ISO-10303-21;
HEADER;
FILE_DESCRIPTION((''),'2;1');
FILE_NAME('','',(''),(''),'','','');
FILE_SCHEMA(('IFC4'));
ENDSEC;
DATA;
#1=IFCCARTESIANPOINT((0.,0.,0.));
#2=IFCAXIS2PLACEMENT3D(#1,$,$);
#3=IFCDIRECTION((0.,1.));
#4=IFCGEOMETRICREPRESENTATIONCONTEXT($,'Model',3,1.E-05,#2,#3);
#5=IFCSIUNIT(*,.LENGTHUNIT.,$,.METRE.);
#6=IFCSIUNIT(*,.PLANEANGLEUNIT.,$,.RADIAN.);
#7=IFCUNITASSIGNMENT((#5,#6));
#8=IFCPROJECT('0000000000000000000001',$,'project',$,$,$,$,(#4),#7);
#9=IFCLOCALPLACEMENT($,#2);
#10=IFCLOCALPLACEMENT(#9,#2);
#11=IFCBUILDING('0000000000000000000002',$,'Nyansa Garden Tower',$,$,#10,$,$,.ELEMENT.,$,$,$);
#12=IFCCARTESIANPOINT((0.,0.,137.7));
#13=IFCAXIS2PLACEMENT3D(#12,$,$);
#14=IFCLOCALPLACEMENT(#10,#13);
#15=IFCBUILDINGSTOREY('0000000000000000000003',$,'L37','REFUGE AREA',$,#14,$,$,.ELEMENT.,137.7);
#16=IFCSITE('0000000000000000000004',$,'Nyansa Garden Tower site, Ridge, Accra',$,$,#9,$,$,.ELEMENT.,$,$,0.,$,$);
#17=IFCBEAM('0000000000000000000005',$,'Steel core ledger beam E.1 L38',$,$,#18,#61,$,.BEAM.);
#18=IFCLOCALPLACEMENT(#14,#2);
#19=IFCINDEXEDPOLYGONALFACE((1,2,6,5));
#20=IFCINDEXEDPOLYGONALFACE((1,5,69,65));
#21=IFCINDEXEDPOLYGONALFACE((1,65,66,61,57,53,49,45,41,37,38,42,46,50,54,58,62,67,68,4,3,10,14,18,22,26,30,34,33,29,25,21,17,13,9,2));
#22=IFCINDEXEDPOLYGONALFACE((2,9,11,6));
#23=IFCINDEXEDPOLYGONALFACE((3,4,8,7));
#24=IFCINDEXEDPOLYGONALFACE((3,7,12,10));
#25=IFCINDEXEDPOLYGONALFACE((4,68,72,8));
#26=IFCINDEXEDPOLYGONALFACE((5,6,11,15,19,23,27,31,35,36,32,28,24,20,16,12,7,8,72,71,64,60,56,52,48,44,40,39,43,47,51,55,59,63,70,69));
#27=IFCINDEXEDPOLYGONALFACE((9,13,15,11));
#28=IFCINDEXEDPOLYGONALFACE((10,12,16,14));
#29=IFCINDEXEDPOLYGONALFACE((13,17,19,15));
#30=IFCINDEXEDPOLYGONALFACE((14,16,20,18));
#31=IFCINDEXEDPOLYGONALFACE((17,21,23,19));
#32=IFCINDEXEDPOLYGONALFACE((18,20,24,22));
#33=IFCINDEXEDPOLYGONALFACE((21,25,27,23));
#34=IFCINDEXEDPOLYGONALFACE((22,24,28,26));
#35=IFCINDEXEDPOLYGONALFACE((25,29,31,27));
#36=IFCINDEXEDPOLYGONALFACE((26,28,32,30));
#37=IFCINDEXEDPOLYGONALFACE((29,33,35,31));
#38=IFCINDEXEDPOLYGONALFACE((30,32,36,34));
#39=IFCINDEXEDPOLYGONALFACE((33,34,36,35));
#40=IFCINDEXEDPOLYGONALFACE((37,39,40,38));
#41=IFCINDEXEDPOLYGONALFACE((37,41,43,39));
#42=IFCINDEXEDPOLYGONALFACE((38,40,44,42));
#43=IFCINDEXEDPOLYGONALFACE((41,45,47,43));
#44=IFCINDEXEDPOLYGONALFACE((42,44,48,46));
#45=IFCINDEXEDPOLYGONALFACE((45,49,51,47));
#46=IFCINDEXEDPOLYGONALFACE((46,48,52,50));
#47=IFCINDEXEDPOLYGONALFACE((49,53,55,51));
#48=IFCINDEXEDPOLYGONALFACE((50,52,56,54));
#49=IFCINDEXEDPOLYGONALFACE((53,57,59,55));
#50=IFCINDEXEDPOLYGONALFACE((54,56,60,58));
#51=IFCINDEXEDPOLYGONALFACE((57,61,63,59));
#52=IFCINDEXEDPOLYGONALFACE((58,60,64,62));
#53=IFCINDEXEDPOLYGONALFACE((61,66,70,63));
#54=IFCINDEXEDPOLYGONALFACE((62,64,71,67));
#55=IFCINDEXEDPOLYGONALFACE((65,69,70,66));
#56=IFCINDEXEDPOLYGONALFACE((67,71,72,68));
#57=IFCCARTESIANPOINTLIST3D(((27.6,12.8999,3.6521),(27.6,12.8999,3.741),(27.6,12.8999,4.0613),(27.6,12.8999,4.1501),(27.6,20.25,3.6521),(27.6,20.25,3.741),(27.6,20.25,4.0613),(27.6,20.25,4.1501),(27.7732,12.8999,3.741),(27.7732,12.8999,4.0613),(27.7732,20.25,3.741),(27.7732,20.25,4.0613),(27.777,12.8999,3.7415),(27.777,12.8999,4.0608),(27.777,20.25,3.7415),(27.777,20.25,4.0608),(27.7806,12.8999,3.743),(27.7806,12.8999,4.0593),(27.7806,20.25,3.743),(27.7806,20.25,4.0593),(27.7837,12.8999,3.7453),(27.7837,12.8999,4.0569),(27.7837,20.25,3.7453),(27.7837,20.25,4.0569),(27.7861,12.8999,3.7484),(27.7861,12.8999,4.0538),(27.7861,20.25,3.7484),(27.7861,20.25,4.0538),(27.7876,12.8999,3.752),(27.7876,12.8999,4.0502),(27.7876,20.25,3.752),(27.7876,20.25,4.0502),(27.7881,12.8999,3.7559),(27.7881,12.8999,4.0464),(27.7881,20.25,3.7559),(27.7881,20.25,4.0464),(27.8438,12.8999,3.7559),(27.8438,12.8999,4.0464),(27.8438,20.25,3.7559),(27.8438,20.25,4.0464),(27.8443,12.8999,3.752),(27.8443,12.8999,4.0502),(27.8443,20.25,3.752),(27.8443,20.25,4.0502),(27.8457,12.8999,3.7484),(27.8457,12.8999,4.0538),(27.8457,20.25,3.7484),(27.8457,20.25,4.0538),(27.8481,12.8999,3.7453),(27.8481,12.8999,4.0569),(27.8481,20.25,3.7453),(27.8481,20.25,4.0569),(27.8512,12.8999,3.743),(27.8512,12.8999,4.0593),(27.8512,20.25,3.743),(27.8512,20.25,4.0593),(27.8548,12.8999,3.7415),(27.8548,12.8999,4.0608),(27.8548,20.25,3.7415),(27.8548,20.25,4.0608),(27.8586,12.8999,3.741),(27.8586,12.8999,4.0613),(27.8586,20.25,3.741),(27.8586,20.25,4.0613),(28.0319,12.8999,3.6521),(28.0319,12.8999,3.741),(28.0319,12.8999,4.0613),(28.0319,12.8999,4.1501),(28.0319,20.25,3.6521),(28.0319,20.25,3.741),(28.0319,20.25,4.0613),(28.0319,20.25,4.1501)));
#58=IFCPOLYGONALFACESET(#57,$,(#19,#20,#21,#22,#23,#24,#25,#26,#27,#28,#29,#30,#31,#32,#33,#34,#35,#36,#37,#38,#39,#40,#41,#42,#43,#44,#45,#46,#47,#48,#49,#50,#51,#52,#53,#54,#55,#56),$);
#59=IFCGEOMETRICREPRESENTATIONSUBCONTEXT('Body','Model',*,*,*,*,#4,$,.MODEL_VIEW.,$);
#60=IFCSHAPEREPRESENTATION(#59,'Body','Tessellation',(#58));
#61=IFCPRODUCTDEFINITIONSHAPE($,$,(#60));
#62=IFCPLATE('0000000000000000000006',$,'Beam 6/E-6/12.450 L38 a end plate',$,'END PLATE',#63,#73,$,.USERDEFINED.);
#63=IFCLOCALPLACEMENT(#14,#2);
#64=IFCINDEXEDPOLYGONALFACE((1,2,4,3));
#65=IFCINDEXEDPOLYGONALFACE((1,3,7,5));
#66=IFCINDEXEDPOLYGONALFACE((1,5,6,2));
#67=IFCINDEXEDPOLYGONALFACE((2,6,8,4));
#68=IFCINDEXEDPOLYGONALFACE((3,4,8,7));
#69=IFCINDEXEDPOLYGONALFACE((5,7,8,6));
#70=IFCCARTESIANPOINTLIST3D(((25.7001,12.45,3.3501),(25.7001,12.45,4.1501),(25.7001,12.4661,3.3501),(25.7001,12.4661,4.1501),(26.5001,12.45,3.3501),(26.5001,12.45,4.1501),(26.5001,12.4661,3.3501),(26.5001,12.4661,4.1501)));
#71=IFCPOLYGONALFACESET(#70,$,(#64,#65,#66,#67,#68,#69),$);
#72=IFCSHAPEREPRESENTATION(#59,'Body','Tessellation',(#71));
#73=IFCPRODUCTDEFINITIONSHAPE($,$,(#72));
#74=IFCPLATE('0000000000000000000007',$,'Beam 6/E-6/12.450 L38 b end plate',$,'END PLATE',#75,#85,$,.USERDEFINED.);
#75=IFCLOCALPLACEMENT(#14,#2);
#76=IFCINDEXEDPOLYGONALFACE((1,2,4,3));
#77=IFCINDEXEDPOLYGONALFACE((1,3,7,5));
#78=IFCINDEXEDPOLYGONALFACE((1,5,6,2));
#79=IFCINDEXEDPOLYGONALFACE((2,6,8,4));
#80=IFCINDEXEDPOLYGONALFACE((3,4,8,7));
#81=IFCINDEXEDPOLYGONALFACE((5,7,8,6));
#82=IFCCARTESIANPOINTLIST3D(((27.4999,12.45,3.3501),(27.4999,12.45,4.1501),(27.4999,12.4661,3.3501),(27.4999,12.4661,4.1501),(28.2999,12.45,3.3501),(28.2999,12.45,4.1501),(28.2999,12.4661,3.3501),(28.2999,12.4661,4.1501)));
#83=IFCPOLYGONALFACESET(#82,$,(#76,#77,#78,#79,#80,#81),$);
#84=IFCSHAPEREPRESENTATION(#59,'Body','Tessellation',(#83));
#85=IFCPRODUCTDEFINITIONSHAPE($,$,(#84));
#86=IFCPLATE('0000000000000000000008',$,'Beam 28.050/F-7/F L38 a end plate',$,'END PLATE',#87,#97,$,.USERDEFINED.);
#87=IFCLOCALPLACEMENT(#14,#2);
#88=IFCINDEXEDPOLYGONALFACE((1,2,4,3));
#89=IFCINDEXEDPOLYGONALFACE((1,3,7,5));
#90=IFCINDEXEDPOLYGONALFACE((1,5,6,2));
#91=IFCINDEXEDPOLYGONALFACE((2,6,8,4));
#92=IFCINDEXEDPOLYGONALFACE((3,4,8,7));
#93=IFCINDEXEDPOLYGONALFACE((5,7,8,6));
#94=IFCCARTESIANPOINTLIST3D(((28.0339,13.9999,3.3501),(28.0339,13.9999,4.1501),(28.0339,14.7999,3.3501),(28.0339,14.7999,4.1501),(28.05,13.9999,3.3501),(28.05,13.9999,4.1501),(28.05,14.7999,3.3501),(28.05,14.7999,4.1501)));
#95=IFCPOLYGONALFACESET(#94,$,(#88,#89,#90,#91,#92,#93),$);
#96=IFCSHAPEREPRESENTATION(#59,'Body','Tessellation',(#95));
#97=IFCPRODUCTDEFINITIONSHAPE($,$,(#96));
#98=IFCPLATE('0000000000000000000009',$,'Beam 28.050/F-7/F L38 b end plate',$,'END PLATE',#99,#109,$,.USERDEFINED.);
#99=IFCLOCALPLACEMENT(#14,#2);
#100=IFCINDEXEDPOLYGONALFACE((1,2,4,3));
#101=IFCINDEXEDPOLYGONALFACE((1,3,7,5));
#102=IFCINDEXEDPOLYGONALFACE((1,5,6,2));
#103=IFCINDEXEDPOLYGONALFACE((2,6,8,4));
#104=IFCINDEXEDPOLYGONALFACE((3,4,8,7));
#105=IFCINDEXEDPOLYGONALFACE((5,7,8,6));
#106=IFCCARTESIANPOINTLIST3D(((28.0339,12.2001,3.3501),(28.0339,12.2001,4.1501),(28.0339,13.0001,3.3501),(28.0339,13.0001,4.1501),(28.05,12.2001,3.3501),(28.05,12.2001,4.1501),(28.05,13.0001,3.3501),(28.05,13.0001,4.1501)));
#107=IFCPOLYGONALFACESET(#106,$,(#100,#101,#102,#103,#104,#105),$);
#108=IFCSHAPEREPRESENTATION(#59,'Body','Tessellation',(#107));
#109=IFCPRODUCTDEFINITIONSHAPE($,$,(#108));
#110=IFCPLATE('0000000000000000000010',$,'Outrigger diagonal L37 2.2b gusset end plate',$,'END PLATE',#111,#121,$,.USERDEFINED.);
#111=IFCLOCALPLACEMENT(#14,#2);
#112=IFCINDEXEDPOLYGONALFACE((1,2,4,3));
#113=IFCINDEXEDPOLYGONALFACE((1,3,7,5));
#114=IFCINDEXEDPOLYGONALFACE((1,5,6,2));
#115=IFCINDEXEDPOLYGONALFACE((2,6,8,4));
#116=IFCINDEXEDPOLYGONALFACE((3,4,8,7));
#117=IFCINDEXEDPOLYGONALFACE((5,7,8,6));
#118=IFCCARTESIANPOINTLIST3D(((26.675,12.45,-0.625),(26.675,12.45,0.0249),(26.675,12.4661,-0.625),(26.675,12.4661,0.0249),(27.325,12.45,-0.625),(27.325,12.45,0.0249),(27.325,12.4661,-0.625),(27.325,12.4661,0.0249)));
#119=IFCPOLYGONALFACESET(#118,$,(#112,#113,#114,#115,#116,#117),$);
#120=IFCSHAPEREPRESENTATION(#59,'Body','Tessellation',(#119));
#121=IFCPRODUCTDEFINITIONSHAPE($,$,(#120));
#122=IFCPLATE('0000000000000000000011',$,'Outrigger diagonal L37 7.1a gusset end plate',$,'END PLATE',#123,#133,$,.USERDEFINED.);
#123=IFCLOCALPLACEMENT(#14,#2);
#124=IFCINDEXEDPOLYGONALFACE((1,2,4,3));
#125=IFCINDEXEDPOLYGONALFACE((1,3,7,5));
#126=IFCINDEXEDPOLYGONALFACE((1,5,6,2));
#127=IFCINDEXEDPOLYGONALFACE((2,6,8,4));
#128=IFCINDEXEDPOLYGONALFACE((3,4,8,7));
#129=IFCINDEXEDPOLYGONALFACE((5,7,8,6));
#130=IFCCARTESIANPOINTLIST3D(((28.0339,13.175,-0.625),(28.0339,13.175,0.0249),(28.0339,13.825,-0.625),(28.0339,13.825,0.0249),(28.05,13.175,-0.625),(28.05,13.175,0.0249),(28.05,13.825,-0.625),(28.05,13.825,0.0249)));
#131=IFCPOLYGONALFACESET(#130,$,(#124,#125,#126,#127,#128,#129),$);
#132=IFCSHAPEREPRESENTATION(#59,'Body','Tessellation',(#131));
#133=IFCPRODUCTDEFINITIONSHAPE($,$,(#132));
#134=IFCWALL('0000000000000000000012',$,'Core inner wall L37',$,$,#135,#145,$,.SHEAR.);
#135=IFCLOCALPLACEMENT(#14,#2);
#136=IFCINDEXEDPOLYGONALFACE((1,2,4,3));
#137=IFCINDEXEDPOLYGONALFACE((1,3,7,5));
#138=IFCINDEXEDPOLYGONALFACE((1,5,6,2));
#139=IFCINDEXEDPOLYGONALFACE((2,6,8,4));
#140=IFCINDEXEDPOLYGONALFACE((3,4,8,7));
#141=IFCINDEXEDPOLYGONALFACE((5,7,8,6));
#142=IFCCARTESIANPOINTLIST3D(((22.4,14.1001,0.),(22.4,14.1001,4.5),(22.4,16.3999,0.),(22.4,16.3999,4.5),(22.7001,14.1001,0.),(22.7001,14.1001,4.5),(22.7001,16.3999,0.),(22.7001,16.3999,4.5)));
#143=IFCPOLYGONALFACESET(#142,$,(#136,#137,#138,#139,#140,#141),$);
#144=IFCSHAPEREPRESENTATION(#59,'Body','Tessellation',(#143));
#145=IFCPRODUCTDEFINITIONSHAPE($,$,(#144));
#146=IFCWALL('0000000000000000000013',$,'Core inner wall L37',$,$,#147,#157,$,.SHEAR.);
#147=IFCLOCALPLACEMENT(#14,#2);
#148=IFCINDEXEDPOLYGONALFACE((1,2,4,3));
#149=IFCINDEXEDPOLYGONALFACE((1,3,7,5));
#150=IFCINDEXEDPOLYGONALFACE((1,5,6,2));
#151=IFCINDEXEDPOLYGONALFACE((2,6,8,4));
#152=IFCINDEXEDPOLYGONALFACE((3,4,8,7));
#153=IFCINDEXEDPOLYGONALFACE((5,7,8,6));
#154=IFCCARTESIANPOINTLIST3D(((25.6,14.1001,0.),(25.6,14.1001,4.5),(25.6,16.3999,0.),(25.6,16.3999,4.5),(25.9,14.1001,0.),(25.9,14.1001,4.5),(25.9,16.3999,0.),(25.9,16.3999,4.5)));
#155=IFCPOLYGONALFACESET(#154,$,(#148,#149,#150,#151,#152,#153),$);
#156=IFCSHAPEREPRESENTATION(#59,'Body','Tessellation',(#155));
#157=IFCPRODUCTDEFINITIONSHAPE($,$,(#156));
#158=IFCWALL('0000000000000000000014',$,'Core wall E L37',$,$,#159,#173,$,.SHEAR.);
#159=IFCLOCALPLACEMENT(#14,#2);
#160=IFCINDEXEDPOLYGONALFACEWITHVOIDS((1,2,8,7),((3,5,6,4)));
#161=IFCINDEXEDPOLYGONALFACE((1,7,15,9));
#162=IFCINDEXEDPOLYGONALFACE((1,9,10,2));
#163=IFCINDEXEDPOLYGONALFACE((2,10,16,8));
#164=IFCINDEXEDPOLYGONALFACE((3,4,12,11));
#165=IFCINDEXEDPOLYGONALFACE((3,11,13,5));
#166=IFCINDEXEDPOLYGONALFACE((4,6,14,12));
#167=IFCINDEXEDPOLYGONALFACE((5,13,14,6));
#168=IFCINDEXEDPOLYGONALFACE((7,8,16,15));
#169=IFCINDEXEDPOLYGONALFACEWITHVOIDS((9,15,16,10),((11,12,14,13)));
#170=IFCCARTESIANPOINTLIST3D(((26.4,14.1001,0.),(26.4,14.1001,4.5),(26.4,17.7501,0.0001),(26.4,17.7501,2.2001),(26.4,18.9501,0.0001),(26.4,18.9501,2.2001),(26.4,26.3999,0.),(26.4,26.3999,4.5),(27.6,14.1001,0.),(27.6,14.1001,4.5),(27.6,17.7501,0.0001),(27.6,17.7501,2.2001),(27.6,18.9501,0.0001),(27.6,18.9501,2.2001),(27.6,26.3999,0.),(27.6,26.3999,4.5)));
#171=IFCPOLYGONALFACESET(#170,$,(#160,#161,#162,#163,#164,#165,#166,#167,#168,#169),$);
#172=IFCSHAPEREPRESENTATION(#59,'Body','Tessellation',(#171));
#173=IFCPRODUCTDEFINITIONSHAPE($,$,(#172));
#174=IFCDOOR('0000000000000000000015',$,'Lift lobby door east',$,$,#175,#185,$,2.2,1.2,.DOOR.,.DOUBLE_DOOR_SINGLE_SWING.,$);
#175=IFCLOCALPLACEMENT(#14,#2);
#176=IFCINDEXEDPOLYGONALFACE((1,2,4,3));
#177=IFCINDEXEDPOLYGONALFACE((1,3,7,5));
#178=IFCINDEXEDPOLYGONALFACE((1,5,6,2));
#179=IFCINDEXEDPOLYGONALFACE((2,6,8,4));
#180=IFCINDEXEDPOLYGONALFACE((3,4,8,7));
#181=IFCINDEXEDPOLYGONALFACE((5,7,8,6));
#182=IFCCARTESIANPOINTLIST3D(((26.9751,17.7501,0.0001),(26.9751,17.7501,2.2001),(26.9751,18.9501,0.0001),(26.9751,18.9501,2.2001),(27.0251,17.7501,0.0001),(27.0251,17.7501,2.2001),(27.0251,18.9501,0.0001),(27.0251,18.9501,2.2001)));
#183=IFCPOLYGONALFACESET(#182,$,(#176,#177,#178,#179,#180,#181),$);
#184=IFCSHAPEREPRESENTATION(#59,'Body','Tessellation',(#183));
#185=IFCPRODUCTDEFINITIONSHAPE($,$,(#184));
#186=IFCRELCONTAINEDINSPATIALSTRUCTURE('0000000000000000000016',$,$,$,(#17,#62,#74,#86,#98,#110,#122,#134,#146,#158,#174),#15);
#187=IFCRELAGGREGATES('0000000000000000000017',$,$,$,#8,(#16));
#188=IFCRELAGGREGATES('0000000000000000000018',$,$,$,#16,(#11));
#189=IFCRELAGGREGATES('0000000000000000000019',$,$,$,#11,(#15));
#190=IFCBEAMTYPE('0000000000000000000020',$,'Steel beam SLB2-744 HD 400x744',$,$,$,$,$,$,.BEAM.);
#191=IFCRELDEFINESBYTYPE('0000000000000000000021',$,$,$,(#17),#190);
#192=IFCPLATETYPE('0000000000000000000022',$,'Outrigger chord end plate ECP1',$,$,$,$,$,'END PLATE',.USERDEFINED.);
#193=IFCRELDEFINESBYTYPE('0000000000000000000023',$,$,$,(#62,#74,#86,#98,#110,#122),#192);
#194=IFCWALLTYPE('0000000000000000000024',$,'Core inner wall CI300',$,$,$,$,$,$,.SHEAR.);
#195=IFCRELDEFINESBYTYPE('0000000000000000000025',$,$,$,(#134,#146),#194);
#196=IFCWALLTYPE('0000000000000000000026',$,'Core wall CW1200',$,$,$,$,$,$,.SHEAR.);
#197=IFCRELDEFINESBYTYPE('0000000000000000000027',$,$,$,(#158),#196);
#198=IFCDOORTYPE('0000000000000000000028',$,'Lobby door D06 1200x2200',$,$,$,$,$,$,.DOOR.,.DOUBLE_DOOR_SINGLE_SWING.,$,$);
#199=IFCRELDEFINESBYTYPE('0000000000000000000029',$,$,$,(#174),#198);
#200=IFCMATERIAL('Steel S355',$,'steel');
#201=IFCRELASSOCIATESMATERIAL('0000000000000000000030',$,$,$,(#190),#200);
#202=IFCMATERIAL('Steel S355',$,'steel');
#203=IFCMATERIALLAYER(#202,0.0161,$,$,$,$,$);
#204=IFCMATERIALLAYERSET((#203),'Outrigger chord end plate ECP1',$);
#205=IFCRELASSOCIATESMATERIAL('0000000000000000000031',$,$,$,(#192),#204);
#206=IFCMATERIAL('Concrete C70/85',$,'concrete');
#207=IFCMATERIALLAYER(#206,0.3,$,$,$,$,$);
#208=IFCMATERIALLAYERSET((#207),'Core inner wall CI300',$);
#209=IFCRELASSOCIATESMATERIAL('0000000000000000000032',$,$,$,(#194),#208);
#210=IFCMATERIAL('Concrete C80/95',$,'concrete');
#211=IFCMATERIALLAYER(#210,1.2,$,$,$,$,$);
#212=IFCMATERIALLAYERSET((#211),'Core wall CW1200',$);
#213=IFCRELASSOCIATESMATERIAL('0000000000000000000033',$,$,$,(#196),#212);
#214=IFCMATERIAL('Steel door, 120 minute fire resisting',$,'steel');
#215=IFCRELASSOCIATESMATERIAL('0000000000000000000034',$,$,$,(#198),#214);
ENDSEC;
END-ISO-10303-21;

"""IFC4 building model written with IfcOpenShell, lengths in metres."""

from ifc_helpers import new_model, si_unit, direction, frame, frame_2d, origin, origin_2d, place, context, subcontext, project, spatial, rectangle, i_section, extrude, material, layer, layer_set, material_profile, profile_set, type_object, element, fill, save


model = new_model("IFC4")

# Units and contexts
model_context = context("Model", 3, precision=1e-05, world=origin(), true_north=direction((0.0, 1.0)))
body_context = subcontext(model_context, "Body", "Model", "MODEL_VIEW")
ifc_project = project(units=[si_unit("LENGTHUNIT", "METRE"), si_unit("PLANEANGLEUNIT", "RADIAN")], contexts=[model_context])

# Site, building, storey
site_placement = place(None, origin())
site = spatial("IfcSite", under=ifc_project, at=site_placement, Name="Nyansa Garden Tower site, Ridge, Accra", CompositionType="ELEMENT", RefElevation=0.0)
building_placement = place(site_placement, origin())
building = spatial("IfcBuilding", under=site, at=building_placement, Name="Nyansa Garden Tower", CompositionType="ELEMENT")
storey_placement = place(building_placement, frame((0.0, 0.0, 137.7)))
storey = spatial("IfcBuildingStorey", under=building, at=storey_placement, Name="L37", Description="REFUGE AREA", CompositionType="ELEMENT", Elevation=137.7)

# Beam
ifc_material_1 = material(Name="Steel S355", Category="steel")
ifc_material_profile_1 = material_profile(ifc_material_1, i_section(OverallWidth=0.4319, OverallDepth=0.498, WebThickness=0.0557, FlangeThickness=0.0889, FilletRadius=0.0149, at=origin_2d()), Name="HD 400x744")
ifc_profile_set_1 = profile_set([ifc_material_profile_1], Name="Steel S355")
beam_type_1 = type_object("IfcBeamType", Name="Steel beam SLB2-744 HD 400x744", PredefinedType="BEAM", material=ifc_profile_set_1)
beam_1_placement = place(storey_placement, frame((27.8159, 12.8999, 3.9011), z_axis=(0.0, 1.0, 0.0), x_axis=(-1.0, 0.0, 0.0)))
element("IfcBeam", 1, at=beam_1_placement, inside=storey, type_object=beam_type_1, Name="Steel core ledger beam E.1 L38", PredefinedType="BEAM", context=body_context, shape_type="SweptSolid", body=[
    extrude(i_section(OverallWidth=0.4319, OverallDepth=0.498, WebThickness=0.0557, FlangeThickness=0.0889, FilletRadius=0.0149, at=origin_2d()), origin(), (0.0, 0.0, 1.0), 7.3501),
])

# Plates
ifc_material_2 = material(Name="Steel S355", Category="steel")
ifc_layer_1 = layer(ifc_material_2, 0.0161)
ifc_layer_set_1 = layer_set([ifc_layer_1], Name="Outrigger chord end plate ECP1")
plate_type = type_object("IfcPlateType", Name="Outrigger chord end plate ECP1", ElementType="END PLATE", PredefinedType="USERDEFINED", material=ifc_layer_set_1)
for number, where, z_axis, x_axis, name in (
    (2, (26.1001, 12.458, 3.3501), (0.0, 0.0, 1.0), (1.0, 0.0, 0.0), "Beam 6/E-6/12.450 L38 a end plate"),
    (3, (27.8999, 12.458, 3.3501), (0.0, 0.0, 1.0), (1.0, 0.0, 0.0), "Beam 6/E-6/12.450 L38 b end plate"),
):
    element("IfcPlate", number, at=place(storey_placement, frame(where, z_axis=z_axis, x_axis=x_axis)), inside=storey, type_object=plate_type, Name=name, ObjectType="END PLATE", PredefinedType="USERDEFINED", context=body_context, shape_type="SweptSolid", body=[
        extrude(rectangle(XDim=0.8, YDim=0.0161, at=origin_2d()), origin(), (0.0, 0.0, 1.0), 0.8),
    ])
for number, where, z_axis, x_axis, name in (
    (4, (28.042, 14.3999, 3.3501), (0.0, 0.0, 1.0), (1.0, 0.0, 0.0), "Beam 28.050/F-7/F L38 a end plate"),
    (5, (28.042, 12.6001, 3.3501), (0.0, 0.0, 1.0), (1.0, 0.0, 0.0), "Beam 28.050/F-7/F L38 b end plate"),
):
    element("IfcPlate", number, at=place(storey_placement, frame(where, z_axis=z_axis, x_axis=x_axis)), inside=storey, type_object=plate_type, Name=name, ObjectType="END PLATE", PredefinedType="USERDEFINED", context=body_context, shape_type="SweptSolid", body=[
        extrude(rectangle(XDim=0.0161, YDim=0.8, at=origin_2d()), origin(), (0.0, 0.0, 1.0), 0.8),
    ])
plate_1_placement = place(storey_placement, frame((27.0, 12.458, -0.625), z_axis=(0.0, 0.0, 1.0), x_axis=(1.0, 0.0, 0.0)))
element("IfcPlate", 6, at=plate_1_placement, inside=storey, type_object=plate_type, Name="Outrigger diagonal L37 2.2b gusset end plate", ObjectType="END PLATE", PredefinedType="USERDEFINED", context=body_context, shape_type="SweptSolid", body=[
    extrude(rectangle(XDim=0.6499, YDim=0.0161, at=origin_2d()), origin(), (0.0, 0.0, 1.0), 0.6499),
])
plate_2_placement = place(storey_placement, frame((28.042, 13.5, -0.625), z_axis=(0.0, 0.0, 1.0), x_axis=(1.0, 0.0, 0.0)))
element("IfcPlate", 7, at=plate_2_placement, inside=storey, type_object=plate_type, Name="Outrigger diagonal L37 7.1a gusset end plate", ObjectType="END PLATE", PredefinedType="USERDEFINED", context=body_context, shape_type="SweptSolid", body=[
    extrude(rectangle(XDim=0.0161, YDim=0.6499, at=origin_2d()), origin(), (0.0, 0.0, 1.0), 0.6499),
])

# Walls
ifc_material_3 = material(Name="Concrete C70/85", Category="concrete")
ifc_layer_2 = layer(ifc_material_3, 0.3)
ifc_layer_set_2 = layer_set([ifc_layer_2], Name="Core inner wall CI300")
wall_type_1 = type_object("IfcWallType", Name="Core inner wall CI300", PredefinedType="SHEAR", material=ifc_layer_set_2)
for number, where, z_axis, x_axis, name in (
    (8, (22.55, 14.1001, 0.0), (0.0, 0.0, 1.0), (0.0, 1.0, 0.0), "Core inner wall L37"),
    (9, (25.75, 14.1001, 0.0), (0.0, 0.0, 1.0), (0.0, 1.0, 0.0), "Core inner wall L37"),
):
    element("IfcWall", number, at=place(storey_placement, frame(where, z_axis=z_axis, x_axis=x_axis)), inside=storey, type_object=wall_type_1, Name=name, PredefinedType="SHEAR", context=body_context, shape_type="SweptSolid", body=[
        extrude(rectangle(XDim=2.2998, YDim=0.3, at=frame_2d((1.1499, 0.0))), origin(), (0.0, 0.0, 1.0), 4.5),
    ])

# Wall, opening, door
ifc_material_4 = material(Name="Concrete C80/95", Category="concrete")
ifc_layer_3 = layer(ifc_material_4, 1.2)
ifc_layer_set_3 = layer_set([ifc_layer_3], Name="Core wall CW1200")
wall_type_2 = type_object("IfcWallType", Name="Core wall CW1200", PredefinedType="SHEAR", material=ifc_layer_set_3)
wall_1_placement = place(storey_placement, frame((27.0, 14.1001, 0.0), z_axis=(0.0, 0.0, 1.0), x_axis=(0.0, 1.0, 0.0)))
wall_1 = element("IfcWall", 10, at=wall_1_placement, inside=storey, type_object=wall_type_2, Name="Core wall E L37", PredefinedType="SHEAR", context=body_context, shape_type="SweptSolid", body=[
    extrude(rectangle(XDim=12.2998, YDim=1.2, at=frame_2d((6.1499, 0.0))), origin(), (0.0, 0.0, 1.0), 4.5),
])
opening_1_placement = place(wall_1_placement, frame((3.6499, 0.0, 0.0)))
opening_1 = element("IfcOpeningElement", 11, at=opening_1_placement, cuts=wall_1, PredefinedType="OPENING", context=body_context, shape_type="SweptSolid", body=[
    extrude(rectangle(XDim=1.2, YDim=2.2, at=frame_2d((0.6001, 1.1001))), frame((0.0, 0.6099, 0.0), z_axis=(0.0, -1.0, 0.0), x_axis=(1.0, 0.0, 0.0)), (0.0, 0.0, 1.0), 1.22),
])
ifc_material_5 = material(Name="Steel door, 120 minute fire resisting", Category="steel")
door_type = type_object("IfcDoorType", Name="Lobby door D06 1200x2200", OperationType="DOUBLE_DOOR_SINGLE_SWING", PredefinedType="DOOR", material=ifc_material_5)
door_1_placement = place(opening_1_placement, origin())
door_1 = element("IfcDoor", 12, at=door_1_placement, inside=storey, type_object=door_type, Name="Lift lobby door east", OperationType="DOUBLE_DOOR_SINGLE_SWING", OverallHeight=2.2, OverallWidth=1.2, PredefinedType="DOOR", context=body_context, shape_type="SweptSolid", body=[
    extrude(rectangle(XDim=1.2, YDim=2.2, at=frame_2d((0.6001, 1.1001))), frame((0.0, 0.0249, 0.0), z_axis=(0.0, -1.0, 0.0), x_axis=(1.0, 0.0, 0.0)), (0.0, 0.0, 1.0), 0.05),
])
fill(opening_1, door_1)

save(model, "model.ifc")
